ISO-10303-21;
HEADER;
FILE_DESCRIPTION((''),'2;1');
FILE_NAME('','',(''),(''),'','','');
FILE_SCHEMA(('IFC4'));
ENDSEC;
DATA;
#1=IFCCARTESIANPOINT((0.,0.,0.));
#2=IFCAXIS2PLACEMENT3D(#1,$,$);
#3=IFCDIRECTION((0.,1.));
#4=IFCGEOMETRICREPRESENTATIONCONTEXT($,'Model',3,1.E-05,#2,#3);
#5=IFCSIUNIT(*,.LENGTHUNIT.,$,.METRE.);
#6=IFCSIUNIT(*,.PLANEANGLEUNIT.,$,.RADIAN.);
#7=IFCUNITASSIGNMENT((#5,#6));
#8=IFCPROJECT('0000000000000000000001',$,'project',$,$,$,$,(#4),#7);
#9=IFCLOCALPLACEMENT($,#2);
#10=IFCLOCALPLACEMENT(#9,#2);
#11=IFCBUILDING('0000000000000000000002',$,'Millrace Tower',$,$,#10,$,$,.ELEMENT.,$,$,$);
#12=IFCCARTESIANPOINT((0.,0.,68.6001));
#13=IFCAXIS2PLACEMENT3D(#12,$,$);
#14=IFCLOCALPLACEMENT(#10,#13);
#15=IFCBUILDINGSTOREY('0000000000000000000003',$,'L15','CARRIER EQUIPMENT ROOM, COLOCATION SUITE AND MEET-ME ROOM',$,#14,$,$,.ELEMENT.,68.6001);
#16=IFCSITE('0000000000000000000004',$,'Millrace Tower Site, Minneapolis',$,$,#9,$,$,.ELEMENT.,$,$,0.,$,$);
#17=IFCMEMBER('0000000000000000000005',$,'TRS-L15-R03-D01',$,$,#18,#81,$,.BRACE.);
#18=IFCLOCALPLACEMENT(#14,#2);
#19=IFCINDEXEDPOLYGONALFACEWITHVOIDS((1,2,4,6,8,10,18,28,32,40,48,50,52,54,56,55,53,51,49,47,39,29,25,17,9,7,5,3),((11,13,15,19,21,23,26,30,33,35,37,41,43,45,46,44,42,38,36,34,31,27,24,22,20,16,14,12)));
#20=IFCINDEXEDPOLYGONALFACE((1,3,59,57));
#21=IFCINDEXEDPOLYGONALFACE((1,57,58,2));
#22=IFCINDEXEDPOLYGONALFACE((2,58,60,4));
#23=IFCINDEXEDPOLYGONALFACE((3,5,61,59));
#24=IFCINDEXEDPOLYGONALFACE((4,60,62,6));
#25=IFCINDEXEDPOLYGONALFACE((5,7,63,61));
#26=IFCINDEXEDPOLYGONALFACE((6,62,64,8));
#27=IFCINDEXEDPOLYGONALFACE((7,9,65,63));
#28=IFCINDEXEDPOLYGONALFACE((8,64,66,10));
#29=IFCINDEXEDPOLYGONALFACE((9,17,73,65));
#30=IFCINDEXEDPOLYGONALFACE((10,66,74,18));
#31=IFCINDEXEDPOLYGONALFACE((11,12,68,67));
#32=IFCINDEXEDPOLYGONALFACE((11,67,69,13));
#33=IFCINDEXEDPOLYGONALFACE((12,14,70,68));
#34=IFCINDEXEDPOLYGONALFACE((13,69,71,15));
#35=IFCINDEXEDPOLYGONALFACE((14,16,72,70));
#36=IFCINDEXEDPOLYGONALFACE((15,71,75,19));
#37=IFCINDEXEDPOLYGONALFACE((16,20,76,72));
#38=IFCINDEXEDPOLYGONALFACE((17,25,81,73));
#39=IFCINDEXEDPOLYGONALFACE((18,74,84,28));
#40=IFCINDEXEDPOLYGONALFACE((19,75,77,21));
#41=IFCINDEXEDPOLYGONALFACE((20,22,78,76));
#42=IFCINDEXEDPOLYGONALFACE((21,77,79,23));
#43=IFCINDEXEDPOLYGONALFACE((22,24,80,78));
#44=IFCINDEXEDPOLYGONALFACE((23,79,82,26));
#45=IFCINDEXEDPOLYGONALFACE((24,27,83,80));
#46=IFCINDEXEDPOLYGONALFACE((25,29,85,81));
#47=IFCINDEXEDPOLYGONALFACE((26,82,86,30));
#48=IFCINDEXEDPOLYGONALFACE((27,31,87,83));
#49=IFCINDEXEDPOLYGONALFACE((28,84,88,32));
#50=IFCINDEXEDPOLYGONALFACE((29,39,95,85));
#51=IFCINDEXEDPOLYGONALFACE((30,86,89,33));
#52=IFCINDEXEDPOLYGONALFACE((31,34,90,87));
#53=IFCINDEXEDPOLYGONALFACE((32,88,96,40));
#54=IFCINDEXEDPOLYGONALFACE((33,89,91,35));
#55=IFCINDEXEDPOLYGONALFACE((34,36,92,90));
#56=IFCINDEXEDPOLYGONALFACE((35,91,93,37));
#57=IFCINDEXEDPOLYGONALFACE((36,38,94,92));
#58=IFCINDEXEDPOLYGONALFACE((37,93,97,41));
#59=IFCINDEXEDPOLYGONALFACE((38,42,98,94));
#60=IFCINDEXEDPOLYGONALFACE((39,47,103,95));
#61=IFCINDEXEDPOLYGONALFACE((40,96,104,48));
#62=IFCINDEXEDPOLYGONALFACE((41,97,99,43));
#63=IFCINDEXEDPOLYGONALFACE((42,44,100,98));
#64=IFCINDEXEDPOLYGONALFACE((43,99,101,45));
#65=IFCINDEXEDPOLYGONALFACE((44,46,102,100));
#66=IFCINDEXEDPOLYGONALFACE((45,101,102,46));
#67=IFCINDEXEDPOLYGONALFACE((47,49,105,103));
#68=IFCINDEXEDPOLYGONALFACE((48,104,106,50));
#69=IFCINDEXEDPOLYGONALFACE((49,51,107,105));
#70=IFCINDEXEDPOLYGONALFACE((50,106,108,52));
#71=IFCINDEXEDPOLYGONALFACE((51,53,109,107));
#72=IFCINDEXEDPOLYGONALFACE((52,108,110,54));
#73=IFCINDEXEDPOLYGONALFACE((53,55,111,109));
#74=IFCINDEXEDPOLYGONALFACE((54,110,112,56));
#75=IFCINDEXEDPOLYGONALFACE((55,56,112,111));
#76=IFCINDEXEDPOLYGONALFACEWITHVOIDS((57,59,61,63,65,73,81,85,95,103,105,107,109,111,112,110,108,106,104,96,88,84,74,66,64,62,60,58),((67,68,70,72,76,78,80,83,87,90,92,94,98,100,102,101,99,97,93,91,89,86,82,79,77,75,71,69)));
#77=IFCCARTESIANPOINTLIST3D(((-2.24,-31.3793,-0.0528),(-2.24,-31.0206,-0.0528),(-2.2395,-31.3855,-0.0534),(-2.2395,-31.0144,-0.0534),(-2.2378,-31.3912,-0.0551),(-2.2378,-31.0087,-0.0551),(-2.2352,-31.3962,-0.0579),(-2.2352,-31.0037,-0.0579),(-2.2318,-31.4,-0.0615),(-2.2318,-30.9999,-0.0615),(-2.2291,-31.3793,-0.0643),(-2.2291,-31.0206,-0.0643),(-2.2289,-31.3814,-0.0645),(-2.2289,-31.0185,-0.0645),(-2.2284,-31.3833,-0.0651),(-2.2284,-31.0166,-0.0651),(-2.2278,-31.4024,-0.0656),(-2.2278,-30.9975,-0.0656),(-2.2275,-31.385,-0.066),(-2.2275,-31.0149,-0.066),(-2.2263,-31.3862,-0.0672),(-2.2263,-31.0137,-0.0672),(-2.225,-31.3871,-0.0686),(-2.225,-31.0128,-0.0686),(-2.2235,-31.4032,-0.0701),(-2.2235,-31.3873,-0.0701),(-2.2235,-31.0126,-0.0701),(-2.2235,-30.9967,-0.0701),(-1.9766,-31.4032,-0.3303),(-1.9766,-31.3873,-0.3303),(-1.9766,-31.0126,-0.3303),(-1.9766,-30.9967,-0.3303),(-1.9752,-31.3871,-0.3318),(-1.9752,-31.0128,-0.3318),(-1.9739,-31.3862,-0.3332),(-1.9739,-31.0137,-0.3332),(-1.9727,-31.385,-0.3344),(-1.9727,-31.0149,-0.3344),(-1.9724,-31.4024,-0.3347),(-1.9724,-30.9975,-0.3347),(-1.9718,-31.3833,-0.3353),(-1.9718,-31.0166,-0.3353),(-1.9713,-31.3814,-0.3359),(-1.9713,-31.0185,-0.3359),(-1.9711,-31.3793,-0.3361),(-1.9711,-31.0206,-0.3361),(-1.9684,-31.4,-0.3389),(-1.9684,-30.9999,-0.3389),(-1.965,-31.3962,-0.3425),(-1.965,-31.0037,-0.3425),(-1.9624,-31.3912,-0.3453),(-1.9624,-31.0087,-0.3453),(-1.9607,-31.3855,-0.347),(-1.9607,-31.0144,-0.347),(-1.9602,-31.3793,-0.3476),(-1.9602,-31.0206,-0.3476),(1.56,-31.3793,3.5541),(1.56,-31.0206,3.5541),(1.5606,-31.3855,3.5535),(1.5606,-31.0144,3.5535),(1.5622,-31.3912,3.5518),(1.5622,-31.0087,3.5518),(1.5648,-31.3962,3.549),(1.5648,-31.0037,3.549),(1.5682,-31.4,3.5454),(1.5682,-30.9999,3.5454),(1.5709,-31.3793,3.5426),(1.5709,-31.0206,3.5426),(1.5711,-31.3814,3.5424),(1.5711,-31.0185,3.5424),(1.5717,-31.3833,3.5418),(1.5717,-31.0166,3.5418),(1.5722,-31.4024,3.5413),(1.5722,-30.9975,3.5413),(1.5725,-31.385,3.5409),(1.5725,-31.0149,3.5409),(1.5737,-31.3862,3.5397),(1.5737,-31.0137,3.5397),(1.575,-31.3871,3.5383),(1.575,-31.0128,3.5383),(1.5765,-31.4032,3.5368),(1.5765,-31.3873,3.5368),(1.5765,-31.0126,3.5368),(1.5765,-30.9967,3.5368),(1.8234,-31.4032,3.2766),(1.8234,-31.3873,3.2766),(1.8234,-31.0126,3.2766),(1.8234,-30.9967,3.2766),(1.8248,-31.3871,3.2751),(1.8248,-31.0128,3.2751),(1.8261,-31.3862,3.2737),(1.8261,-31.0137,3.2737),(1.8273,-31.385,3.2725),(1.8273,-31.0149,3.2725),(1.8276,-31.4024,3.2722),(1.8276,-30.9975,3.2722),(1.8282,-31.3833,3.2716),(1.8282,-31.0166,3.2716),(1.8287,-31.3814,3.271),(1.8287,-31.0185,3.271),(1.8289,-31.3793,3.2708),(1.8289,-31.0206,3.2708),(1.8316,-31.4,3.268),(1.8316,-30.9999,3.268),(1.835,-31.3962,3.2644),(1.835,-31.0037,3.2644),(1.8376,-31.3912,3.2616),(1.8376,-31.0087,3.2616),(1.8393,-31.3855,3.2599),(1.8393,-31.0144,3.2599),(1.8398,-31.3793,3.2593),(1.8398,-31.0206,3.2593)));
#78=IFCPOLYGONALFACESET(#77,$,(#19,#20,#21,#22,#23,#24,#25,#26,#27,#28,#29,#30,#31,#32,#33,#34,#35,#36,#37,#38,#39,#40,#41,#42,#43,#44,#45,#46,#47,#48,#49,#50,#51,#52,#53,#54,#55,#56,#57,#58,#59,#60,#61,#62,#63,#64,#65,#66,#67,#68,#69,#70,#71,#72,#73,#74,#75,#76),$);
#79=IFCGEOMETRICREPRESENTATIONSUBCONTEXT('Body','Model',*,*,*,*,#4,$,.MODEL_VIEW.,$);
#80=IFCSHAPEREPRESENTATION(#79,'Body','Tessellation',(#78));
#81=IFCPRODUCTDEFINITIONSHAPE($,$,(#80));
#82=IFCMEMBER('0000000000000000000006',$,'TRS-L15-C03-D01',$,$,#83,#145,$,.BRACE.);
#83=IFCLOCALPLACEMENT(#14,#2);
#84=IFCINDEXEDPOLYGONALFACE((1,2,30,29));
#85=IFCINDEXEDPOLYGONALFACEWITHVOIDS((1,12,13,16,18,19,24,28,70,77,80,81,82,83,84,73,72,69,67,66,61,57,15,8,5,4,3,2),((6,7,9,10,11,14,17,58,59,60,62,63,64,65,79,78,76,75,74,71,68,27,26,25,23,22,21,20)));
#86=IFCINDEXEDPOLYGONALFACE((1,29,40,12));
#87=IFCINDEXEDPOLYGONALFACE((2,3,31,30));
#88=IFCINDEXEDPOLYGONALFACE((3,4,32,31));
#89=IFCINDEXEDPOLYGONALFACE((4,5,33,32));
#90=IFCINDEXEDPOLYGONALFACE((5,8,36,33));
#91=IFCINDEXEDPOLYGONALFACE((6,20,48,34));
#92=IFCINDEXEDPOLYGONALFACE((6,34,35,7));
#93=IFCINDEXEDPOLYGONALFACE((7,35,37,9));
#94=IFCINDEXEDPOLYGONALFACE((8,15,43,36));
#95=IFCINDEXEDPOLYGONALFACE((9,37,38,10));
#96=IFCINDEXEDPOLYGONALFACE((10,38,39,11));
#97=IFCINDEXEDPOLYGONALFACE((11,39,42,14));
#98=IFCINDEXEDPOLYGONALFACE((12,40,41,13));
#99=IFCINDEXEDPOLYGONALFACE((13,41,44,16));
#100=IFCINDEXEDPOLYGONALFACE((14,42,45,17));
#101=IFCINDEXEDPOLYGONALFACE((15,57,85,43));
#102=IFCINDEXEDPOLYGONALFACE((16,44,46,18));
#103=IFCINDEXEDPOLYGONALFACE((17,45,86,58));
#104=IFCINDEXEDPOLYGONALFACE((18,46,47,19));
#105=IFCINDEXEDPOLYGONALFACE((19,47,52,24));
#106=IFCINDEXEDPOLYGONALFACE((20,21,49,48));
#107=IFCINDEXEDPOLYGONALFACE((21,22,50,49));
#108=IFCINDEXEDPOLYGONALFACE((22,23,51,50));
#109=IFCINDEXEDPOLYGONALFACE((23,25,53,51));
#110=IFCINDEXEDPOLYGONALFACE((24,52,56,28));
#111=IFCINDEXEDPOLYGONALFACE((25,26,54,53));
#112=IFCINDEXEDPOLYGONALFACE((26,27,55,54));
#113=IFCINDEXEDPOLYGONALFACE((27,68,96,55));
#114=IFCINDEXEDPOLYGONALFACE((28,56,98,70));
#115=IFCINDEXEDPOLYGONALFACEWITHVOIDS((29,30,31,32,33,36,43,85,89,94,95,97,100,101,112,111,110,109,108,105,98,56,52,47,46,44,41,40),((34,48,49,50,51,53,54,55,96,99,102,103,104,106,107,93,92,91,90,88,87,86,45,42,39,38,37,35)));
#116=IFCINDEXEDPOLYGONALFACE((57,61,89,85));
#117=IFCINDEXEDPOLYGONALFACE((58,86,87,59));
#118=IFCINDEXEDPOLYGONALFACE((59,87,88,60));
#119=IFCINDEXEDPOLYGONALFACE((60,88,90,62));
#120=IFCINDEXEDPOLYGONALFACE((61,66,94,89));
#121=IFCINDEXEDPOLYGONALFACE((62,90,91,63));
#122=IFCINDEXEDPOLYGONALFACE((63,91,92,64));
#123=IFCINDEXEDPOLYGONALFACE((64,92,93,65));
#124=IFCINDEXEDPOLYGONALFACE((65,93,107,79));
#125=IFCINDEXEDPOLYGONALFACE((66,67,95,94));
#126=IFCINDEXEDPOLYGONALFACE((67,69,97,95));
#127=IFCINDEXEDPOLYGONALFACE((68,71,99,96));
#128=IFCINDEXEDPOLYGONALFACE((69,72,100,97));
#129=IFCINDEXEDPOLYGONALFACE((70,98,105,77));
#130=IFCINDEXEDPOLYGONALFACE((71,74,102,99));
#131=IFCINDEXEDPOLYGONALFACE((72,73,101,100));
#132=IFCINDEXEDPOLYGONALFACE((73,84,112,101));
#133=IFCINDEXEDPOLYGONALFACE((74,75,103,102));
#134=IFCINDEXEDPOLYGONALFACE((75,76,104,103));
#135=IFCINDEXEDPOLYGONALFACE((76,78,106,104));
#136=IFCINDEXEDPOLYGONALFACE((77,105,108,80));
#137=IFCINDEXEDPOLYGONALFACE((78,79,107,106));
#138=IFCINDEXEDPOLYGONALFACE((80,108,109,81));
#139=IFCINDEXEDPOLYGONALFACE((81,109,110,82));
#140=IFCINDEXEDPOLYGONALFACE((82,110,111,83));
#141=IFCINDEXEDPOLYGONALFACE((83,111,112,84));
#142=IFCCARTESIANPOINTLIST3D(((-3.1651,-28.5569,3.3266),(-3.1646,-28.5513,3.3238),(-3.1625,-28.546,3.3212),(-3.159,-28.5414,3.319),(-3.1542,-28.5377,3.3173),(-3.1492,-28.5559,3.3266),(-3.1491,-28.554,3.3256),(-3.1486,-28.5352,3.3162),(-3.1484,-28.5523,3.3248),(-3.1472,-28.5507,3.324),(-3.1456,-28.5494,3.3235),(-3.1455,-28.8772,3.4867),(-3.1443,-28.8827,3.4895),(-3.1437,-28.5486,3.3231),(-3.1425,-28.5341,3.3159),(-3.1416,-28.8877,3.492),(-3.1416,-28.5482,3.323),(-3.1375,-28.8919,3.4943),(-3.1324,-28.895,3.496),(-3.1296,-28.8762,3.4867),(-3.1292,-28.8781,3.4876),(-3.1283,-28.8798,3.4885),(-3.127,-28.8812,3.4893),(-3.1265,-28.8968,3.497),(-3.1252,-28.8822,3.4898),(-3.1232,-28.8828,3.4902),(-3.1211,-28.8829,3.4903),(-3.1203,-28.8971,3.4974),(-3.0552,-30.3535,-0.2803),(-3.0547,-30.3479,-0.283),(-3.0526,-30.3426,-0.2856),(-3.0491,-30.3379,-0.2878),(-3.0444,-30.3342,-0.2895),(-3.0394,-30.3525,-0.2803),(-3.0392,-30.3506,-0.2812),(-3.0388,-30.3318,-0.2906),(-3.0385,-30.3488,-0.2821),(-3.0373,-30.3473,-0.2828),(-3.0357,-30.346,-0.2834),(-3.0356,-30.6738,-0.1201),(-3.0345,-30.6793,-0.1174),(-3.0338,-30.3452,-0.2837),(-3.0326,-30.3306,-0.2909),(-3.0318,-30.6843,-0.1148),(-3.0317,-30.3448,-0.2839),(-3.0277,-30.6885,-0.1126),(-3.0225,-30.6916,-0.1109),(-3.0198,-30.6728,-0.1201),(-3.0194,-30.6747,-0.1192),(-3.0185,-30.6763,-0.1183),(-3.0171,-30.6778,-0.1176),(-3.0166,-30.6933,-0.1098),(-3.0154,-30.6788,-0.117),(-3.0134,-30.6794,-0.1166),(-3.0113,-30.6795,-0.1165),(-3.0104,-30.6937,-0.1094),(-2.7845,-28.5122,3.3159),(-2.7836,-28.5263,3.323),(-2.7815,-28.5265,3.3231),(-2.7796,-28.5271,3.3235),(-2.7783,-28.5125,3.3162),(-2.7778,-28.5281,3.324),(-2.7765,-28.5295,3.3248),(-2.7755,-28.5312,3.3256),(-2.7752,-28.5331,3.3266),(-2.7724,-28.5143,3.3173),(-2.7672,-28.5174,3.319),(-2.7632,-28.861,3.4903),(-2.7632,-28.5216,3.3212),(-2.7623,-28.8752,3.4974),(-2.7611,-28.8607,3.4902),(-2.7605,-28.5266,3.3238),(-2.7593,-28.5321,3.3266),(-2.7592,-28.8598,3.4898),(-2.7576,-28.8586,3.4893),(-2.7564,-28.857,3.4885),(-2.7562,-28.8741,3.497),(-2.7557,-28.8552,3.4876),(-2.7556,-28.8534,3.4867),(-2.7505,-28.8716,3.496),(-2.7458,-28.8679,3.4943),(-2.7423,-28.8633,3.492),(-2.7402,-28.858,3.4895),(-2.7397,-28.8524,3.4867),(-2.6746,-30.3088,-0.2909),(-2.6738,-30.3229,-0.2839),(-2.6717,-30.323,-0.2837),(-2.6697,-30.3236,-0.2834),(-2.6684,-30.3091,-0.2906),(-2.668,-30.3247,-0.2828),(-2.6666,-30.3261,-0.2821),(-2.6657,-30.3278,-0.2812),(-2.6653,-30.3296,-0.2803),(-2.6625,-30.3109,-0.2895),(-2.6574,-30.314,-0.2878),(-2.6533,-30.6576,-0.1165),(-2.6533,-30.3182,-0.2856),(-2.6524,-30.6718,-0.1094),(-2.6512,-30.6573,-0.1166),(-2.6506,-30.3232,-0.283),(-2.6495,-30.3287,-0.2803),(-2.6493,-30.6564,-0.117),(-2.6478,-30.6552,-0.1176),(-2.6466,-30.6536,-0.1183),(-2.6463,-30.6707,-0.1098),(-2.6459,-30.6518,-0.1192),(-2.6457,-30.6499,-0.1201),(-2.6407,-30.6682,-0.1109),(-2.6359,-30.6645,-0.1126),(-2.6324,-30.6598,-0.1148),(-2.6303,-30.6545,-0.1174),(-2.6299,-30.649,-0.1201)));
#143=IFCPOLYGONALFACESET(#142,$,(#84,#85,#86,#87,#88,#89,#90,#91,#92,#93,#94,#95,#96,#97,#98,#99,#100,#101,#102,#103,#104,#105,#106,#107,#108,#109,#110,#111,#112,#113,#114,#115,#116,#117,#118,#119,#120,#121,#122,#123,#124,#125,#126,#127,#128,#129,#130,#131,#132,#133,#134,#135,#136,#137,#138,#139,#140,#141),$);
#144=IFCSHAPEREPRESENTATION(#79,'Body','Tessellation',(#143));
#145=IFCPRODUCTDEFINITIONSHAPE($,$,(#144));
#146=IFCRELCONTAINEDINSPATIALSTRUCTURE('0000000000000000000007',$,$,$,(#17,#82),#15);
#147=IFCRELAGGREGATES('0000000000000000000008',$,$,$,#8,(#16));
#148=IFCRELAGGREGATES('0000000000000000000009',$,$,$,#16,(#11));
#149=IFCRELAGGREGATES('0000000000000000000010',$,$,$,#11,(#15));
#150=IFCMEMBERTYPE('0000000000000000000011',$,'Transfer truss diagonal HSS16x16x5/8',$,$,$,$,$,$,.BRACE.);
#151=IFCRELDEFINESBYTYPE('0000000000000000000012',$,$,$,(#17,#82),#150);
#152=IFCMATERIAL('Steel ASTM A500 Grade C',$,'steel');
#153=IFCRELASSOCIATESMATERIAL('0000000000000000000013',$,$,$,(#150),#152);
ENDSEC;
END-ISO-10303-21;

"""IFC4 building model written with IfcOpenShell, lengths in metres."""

from ifc_helpers import new_model, si_unit, direction, frame, origin, origin_2d, place, context, subcontext, project, spatial, hollow_rectangle, extrude, material, material_profile, profile_set, type_object, element, save


model = new_model("IFC4")

# Units and contexts
model_context = context("Model", 3, precision=1e-05, world=origin(), true_north=direction((0.0, 1.0)))
body_context = subcontext(model_context, "Body", "Model", "MODEL_VIEW")
ifc_project = project(units=[si_unit("LENGTHUNIT", "METRE"), si_unit("PLANEANGLEUNIT", "RADIAN")], contexts=[model_context])

# Site, building, storey
site_placement = place(None, origin())
site = spatial("IfcSite", under=ifc_project, at=site_placement, Name="Millrace Tower Site, Minneapolis", CompositionType="ELEMENT", RefElevation=0.0)
building_placement = place(site_placement, origin())
building = spatial("IfcBuilding", under=site, at=building_placement, Name="Millrace Tower", CompositionType="ELEMENT")
storey_placement = place(building_placement, frame((0.0, 0.0, 68.6001)))
storey = spatial("IfcBuildingStorey", under=building, at=storey_placement, Name="L15", Description="CARRIER EQUIPMENT ROOM, COLOCATION SUITE AND MEET-ME ROOM", CompositionType="ELEMENT", Elevation=68.6001)

# Members
ifc_material_1 = material(Name="Steel ASTM A500 Grade C", Category="steel")
ifc_material_profile_1 = material_profile(ifc_material_1, hollow_rectangle(XDim=0.4065, YDim=0.4065, WallThickness=0.0159, InnerFilletRadius=0.0081, OuterFilletRadius=0.0239, at=origin_2d()))
ifc_profile_set_1 = profile_set([ifc_material_profile_1], Name="Steel ASTM A500 Grade C")
member_type_1 = type_object("IfcMemberType", Name="Transfer truss diagonal HSS16x16x5/8", PredefinedType="BRACE", material=ifc_profile_set_1)
member_1_placement = place(storey_placement, frame((-2.1001, -31.2, -0.2002), z_axis=(0.725296, 0.0, 0.688437), x_axis=(0.0, 1.0, 0.0)))
element("IfcMember", 1, at=member_1_placement, inside=storey, type_object=member_type_1, Name="TRS-L15-R03-D01", PredefinedType="BRACE", context=body_context, shape_type="SweptSolid", body=[
    extrude(hollow_rectangle(XDim=0.4065, YDim=0.4065, WallThickness=0.0159, InnerFilletRadius=0.0081, OuterFilletRadius=0.0239, at=origin_2d()), origin(), (0.0, 0.0, 1.0), 5.2393),
])
member_2_placement = place(storey_placement, frame((-2.8425, -30.5012, -0.2002), z_axis=(-0.027254, 0.44569, 0.894772), x_axis=(-0.998136, -0.061036, 0.0)))
element("IfcMember", 2, at=member_2_placement, inside=storey, type_object=member_type_1, Name="TRS-L15-C03-D01", PredefinedType="BRACE", context=body_context, shape_type="SweptSolid", body=[
    extrude(hollow_rectangle(XDim=0.4065, YDim=0.4065, WallThickness=0.0159, InnerFilletRadius=0.0081, OuterFilletRadius=0.0239, at=origin_2d()), origin(), (0.0, 0.0, 1.0), 4.031),
])

save(model, "model.ifc")
